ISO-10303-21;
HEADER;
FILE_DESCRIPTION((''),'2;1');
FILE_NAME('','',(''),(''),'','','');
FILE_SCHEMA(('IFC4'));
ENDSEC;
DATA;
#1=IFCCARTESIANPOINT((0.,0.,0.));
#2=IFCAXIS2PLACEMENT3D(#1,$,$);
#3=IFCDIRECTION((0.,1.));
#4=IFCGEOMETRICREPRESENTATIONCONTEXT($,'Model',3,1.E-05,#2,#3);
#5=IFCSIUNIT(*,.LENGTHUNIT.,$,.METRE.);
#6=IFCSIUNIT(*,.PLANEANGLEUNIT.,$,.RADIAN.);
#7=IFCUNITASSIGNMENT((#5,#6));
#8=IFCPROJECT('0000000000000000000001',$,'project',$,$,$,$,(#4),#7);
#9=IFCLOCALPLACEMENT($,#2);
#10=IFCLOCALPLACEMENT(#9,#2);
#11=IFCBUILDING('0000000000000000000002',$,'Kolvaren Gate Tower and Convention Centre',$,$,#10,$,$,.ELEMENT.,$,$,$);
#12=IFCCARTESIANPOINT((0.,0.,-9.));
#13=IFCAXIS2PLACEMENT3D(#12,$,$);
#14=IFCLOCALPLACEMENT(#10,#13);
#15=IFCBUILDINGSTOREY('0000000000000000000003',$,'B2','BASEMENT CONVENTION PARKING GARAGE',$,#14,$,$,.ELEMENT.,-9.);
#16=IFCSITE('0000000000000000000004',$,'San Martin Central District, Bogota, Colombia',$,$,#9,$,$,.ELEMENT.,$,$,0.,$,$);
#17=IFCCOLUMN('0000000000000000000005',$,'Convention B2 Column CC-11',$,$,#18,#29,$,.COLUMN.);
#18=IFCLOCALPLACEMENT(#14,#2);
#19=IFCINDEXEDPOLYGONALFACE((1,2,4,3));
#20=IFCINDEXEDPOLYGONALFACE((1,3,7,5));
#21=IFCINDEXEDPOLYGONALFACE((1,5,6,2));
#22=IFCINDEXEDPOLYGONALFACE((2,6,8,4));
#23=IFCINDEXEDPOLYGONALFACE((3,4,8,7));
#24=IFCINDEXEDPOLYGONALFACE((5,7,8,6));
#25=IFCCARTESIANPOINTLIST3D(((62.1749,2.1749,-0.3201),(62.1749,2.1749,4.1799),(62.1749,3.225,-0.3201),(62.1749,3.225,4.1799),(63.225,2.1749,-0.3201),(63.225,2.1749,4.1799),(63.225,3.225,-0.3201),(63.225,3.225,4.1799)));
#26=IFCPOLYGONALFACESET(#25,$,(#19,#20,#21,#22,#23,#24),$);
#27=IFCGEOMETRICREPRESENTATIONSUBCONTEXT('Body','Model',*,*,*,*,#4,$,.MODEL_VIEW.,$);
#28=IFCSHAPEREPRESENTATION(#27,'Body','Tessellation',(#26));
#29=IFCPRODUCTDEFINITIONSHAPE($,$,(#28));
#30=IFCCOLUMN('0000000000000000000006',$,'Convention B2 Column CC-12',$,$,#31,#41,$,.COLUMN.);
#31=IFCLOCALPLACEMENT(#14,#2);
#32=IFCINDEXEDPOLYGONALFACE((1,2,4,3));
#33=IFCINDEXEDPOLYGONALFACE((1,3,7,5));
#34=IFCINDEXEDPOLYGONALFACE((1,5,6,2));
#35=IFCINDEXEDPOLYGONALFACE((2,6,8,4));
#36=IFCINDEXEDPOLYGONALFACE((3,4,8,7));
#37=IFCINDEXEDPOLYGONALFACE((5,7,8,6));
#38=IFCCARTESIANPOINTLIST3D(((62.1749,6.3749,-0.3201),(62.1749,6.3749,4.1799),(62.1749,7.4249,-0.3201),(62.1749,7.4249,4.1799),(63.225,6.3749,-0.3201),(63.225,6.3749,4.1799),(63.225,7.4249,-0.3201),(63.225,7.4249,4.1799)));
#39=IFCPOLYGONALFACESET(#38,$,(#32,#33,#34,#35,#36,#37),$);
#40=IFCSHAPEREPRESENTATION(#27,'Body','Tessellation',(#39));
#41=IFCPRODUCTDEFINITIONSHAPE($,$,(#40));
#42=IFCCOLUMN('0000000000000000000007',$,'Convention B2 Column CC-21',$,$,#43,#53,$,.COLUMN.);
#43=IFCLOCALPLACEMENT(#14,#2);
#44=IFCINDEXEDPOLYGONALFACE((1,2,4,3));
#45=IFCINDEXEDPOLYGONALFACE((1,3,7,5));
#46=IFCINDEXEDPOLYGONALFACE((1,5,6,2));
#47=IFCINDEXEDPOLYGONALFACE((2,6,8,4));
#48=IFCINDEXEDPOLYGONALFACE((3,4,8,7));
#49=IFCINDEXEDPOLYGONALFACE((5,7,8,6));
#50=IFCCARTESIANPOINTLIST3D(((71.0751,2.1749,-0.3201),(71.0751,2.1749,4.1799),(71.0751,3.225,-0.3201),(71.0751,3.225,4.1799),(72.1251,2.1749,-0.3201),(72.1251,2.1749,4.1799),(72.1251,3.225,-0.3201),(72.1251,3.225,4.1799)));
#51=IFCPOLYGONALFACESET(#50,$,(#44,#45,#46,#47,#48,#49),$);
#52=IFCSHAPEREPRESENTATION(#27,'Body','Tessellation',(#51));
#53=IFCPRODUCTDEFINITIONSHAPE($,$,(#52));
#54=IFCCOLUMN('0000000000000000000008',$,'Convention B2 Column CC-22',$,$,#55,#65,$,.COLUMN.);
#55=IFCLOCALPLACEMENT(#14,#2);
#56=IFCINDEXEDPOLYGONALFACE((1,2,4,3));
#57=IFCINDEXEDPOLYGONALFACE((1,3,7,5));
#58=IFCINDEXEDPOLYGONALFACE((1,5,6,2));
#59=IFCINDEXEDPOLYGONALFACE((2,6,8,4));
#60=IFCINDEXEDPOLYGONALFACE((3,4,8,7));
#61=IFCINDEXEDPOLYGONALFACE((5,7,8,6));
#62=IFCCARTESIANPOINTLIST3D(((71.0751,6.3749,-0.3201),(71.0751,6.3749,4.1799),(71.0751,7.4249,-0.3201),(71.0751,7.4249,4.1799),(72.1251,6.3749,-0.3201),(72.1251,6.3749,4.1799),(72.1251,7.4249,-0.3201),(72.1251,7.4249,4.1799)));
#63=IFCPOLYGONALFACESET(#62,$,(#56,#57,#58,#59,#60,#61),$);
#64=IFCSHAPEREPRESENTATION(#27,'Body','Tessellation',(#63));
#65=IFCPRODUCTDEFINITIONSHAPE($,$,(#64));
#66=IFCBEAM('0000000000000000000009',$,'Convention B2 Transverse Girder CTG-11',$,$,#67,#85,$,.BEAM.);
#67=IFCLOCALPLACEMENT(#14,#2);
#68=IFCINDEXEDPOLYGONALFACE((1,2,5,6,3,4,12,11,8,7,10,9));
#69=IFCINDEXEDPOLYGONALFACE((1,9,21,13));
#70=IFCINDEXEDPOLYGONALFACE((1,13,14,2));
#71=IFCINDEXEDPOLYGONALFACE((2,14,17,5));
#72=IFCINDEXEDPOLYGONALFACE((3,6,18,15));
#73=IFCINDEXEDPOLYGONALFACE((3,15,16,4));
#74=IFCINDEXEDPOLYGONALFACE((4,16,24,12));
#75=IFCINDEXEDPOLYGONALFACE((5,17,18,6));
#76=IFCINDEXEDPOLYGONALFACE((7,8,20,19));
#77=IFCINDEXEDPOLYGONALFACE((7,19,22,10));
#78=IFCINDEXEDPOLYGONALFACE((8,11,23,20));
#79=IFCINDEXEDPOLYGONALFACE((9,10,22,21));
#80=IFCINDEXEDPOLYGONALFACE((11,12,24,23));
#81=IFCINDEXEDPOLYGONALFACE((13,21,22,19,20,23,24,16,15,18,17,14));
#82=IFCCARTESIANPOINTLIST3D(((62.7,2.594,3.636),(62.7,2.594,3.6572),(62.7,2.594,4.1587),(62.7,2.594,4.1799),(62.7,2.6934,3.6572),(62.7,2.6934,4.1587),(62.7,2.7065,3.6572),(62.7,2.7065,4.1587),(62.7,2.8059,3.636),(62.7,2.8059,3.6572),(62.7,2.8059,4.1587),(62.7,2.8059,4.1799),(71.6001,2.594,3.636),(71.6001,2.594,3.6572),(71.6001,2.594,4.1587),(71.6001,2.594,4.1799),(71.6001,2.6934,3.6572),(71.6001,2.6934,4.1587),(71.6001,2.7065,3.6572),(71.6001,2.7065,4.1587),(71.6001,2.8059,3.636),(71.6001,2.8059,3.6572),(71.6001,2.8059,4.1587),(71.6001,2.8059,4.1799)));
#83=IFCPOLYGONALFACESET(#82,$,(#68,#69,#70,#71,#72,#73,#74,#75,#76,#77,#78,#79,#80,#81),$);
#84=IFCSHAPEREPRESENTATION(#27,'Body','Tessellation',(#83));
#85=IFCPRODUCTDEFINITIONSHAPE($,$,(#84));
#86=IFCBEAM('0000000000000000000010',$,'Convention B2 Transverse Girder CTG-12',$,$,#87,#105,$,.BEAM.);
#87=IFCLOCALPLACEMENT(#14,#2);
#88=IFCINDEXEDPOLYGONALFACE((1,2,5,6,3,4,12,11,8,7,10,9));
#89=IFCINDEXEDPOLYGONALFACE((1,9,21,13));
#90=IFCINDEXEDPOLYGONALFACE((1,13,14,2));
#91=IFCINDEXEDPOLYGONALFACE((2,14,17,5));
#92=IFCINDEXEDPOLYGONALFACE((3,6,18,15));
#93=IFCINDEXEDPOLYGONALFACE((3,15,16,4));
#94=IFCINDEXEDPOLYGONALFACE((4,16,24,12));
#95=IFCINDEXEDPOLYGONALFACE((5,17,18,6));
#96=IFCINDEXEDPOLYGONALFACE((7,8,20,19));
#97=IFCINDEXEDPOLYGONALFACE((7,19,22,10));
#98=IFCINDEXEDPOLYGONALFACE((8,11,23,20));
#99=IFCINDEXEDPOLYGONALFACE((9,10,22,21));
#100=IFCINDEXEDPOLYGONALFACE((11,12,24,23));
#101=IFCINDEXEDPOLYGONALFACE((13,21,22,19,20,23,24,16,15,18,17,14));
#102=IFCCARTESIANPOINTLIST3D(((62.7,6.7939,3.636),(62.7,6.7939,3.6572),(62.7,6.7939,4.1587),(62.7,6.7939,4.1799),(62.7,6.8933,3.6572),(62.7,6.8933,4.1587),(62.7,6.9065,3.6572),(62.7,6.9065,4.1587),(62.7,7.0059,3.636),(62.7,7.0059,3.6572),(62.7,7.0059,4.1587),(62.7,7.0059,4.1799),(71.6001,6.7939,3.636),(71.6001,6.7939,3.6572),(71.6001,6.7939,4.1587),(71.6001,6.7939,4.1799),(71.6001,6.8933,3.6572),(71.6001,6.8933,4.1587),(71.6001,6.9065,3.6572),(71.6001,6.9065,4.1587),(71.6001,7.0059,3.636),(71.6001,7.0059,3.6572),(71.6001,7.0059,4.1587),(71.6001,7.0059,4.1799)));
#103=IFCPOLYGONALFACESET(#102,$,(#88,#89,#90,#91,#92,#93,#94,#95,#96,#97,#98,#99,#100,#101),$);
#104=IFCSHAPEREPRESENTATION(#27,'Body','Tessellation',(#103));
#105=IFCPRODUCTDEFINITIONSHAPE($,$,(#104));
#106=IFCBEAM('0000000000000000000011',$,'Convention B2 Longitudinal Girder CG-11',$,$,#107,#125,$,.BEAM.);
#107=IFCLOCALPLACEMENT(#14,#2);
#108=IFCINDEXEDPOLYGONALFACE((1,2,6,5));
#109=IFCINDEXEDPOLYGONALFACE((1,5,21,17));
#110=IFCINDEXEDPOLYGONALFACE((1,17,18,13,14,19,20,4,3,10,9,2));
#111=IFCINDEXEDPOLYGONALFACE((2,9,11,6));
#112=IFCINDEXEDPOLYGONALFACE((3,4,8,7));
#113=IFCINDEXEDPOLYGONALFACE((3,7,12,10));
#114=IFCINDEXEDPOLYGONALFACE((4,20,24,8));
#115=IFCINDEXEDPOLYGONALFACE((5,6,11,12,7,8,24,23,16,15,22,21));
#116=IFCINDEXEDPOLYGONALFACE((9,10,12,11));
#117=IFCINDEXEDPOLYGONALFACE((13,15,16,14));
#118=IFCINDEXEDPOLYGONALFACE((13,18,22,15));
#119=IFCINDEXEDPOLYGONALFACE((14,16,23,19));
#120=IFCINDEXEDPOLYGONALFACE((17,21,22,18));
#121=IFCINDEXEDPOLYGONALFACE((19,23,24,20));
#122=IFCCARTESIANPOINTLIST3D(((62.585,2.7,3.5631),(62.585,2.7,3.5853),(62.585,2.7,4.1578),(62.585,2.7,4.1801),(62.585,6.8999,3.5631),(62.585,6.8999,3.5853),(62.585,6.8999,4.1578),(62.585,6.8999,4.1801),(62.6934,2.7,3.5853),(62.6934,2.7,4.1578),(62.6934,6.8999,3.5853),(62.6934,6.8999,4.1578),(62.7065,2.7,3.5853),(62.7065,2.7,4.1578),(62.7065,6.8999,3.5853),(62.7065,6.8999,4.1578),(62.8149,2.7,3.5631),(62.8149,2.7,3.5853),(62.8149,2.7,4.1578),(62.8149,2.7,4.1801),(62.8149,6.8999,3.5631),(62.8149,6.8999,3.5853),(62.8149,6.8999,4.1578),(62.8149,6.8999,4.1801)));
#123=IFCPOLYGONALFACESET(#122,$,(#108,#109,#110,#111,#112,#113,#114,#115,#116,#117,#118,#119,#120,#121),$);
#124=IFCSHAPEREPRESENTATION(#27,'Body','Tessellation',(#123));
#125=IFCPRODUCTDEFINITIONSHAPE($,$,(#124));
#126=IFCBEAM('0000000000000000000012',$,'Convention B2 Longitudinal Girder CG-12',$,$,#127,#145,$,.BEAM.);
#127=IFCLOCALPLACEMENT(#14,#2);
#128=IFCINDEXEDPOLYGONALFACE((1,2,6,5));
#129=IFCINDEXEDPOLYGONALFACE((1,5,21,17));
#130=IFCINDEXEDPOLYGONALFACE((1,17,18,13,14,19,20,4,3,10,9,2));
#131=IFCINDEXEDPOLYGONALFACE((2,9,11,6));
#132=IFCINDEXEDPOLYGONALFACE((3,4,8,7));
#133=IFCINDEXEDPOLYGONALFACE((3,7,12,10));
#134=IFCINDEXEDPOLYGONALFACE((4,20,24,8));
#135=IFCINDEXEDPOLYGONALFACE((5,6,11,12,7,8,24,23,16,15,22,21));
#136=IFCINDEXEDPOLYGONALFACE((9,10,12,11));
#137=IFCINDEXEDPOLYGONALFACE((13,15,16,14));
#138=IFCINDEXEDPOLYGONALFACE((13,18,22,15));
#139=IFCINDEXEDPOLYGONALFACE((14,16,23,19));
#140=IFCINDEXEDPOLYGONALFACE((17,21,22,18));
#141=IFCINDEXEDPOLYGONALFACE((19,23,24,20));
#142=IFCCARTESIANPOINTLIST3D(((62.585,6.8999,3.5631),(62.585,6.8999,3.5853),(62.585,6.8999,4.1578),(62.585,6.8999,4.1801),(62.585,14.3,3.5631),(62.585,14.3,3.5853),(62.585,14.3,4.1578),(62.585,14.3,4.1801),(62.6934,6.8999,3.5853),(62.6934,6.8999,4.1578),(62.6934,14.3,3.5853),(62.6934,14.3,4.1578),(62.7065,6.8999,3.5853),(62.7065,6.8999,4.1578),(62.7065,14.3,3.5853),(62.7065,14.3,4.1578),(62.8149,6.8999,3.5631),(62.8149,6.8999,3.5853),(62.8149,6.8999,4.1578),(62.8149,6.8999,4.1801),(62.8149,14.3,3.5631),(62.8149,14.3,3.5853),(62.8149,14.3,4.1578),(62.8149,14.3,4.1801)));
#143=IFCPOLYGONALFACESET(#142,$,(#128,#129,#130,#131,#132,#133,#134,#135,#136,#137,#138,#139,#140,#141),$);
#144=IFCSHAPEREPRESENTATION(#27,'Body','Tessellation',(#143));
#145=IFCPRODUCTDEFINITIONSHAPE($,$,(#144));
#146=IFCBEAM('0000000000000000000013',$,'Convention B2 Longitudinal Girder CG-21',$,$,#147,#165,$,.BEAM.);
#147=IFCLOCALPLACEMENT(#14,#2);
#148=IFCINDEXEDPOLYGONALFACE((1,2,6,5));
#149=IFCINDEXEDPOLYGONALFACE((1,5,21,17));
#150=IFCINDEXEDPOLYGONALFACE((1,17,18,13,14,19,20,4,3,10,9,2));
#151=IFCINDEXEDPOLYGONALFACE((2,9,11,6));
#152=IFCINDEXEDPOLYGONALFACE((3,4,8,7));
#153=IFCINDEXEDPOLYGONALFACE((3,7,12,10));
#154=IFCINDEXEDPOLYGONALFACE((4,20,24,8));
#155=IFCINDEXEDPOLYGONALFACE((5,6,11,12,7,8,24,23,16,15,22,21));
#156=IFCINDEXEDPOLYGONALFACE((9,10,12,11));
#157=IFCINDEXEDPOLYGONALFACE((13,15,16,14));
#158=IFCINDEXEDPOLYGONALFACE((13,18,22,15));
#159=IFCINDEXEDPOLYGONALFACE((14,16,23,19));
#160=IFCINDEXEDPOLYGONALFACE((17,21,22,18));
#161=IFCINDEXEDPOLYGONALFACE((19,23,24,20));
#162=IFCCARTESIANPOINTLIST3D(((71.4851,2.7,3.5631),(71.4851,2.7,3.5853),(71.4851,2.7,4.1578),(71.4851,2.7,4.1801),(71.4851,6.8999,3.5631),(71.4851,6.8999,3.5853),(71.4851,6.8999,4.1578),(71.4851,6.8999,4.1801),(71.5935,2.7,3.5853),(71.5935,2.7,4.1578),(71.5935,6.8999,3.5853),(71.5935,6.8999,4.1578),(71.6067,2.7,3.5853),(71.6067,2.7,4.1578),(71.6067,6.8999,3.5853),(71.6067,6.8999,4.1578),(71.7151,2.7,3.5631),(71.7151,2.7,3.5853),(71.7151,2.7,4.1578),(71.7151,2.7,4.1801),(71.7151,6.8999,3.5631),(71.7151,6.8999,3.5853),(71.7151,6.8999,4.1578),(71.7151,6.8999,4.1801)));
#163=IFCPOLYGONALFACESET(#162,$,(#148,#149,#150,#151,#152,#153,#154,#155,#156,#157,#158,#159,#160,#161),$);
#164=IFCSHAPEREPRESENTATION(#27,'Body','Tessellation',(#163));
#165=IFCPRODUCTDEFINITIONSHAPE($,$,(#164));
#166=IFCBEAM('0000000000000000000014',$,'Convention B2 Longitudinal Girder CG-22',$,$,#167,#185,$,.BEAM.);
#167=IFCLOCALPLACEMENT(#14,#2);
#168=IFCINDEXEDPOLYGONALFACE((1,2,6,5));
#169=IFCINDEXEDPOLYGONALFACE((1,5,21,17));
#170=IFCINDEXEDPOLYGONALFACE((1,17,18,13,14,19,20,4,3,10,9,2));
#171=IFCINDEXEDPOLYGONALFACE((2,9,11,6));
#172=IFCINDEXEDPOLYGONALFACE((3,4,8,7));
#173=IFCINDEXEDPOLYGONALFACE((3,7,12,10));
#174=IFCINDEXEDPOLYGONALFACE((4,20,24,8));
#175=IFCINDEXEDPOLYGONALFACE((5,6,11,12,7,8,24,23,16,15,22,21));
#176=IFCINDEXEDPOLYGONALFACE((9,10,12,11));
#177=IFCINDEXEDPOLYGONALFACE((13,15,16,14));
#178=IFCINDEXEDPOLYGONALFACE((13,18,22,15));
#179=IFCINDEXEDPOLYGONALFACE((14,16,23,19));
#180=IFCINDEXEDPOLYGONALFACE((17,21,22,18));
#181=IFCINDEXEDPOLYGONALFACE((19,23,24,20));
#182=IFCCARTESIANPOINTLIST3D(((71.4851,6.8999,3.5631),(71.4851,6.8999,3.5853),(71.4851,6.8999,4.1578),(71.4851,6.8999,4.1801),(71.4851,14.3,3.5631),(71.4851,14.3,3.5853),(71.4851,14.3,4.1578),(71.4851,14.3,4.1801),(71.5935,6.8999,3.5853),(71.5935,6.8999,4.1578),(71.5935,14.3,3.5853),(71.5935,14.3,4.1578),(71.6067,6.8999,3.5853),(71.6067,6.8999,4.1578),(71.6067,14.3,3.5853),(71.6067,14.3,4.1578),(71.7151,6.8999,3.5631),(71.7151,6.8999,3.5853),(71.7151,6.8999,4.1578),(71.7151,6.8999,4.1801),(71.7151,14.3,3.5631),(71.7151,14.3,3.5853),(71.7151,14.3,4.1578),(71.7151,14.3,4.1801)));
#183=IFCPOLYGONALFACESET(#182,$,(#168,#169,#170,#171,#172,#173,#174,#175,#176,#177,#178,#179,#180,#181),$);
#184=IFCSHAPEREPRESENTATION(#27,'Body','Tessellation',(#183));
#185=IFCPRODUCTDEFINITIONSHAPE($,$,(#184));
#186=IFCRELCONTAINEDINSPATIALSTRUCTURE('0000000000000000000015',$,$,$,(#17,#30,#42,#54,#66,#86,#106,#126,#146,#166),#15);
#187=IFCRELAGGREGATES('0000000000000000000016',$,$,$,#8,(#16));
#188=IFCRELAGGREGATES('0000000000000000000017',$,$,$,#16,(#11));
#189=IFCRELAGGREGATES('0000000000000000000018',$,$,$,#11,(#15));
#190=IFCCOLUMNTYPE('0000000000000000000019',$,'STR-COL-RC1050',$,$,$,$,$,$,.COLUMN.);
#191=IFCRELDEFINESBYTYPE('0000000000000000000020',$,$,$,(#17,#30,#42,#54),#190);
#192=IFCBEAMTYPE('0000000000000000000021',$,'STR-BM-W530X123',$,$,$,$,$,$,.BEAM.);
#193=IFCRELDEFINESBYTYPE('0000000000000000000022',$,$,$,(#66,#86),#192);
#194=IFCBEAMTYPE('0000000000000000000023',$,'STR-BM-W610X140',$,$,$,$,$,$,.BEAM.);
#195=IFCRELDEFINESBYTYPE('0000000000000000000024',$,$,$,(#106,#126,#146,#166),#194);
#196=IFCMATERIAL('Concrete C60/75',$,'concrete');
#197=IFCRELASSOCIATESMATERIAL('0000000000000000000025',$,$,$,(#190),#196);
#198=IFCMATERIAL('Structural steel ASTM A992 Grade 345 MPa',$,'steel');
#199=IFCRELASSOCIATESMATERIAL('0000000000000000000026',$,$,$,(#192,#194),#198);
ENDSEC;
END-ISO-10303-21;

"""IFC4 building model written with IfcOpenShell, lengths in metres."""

from ifc_helpers import new_model, si_unit, direction, frame, origin, origin_2d, place, context, subcontext, project, spatial, rectangle, i_section, extrude, material, material_profile, profile_set, type_object, element, save


model = new_model("IFC4")

# Units and contexts
model_context = context("Model", 3, precision=1e-05, world=origin(), true_north=direction((0.0, 1.0)))
body_context = subcontext(model_context, "Body", "Model", "MODEL_VIEW")
ifc_project = project(units=[si_unit("LENGTHUNIT", "METRE"), si_unit("PLANEANGLEUNIT", "RADIAN")], contexts=[model_context])

# Site, building, storey
site_placement = place(None, origin())
site = spatial("IfcSite", under=ifc_project, at=site_placement, Name="San Martin Central District, Bogota, Colombia", CompositionType="ELEMENT", RefElevation=0.0)
building_placement = place(site_placement, origin())
building = spatial("IfcBuilding", under=site, at=building_placement, Name="Kolvaren Gate Tower and Convention Centre", CompositionType="ELEMENT")
storey_placement = place(building_placement, frame((0.0, 0.0, -9.0)))
storey = spatial("IfcBuildingStorey", under=building, at=storey_placement, Name="B2", Description="BASEMENT CONVENTION PARKING GARAGE", CompositionType="ELEMENT", Elevation=-9.0)

# Columns
ifc_material_1 = material(Name="Concrete C60/75", Category="concrete")
ifc_material_profile_1 = material_profile(ifc_material_1, rectangle(XDim=1.05, YDim=1.05, at=origin_2d()), Name="RC-COL-1050X1050")
ifc_profile_set_1 = profile_set([ifc_material_profile_1], Name="Concrete C60/75")
column_type = type_object("IfcColumnType", Name="STR-COL-RC1050", PredefinedType="COLUMN", material=ifc_profile_set_1)
for number, where, z_axis, x_axis, name in (
    (1, (62.7, 2.7, -0.3201), (0.0, 0.0, 1.0), (1.0, 0.0, 0.0), "Convention B2 Column CC-11"),
    (2, (62.7, 6.8999, -0.3201), (0.0, 0.0, 1.0), (1.0, 0.0, 0.0), "Convention B2 Column CC-12"),
    (3, (71.6001, 2.7, -0.3201), (0.0, 0.0, 1.0), (1.0, 0.0, 0.0), "Convention B2 Column CC-21"),
    (4, (71.6001, 6.8999, -0.3201), (0.0, 0.0, 1.0), (1.0, 0.0, 0.0), "Convention B2 Column CC-22"),
):
    element("IfcColumn", number, at=place(storey_placement, frame(where, z_axis=z_axis, x_axis=x_axis)), inside=storey, type_object=column_type, Name=name, PredefinedType="COLUMN", context=body_context, shape_type="SweptSolid", body=[
        extrude(rectangle(XDim=1.05, YDim=1.05, at=origin_2d()), origin(), (0.0, 0.0, 1.0), 4.5),
    ])

# Beams
ifc_material_2 = material(Name="Structural steel ASTM A992 Grade 345 MPa", Category="steel")
ifc_material_profile_2 = material_profile(ifc_material_2, i_section(OverallWidth=0.2119, OverallDepth=0.5439, WebThickness=0.0132, FlangeThickness=0.0212, at=origin_2d()), Name="W530X123")
ifc_profile_set_2 = profile_set([ifc_material_profile_2], Name="Structural steel ASTM A992 Grade 345 MPa")
beam_type_1 = type_object("IfcBeamType", Name="STR-BM-W530X123", PredefinedType="BEAM", material=ifc_profile_set_2)
for number, where, z_axis, x_axis, name in (
    (5, (62.7, 2.7, 3.908), (1.0, 0.0, 0.0), (0.0, 1.0, 0.0), "Convention B2 Transverse Girder CTG-11"),
    (6, (62.7, 6.8999, 3.908), (1.0, 0.0, 0.0), (0.0, 1.0, 0.0), "Convention B2 Transverse Girder CTG-12"),
):
    element("IfcBeam", number, at=place(storey_placement, frame(where, z_axis=z_axis, x_axis=x_axis)), inside=storey, type_object=beam_type_1, Name=name, PredefinedType="BEAM", context=body_context, shape_type="SweptSolid", body=[
        extrude(i_section(OverallWidth=0.2119, OverallDepth=0.5439, WebThickness=0.0132, FlangeThickness=0.0212, at=origin_2d()), origin(), (0.0, 0.0, 1.0), 8.9001),
    ])
ifc_material_profile_3 = material_profile(ifc_material_2, i_section(OverallWidth=0.23, OverallDepth=0.6169, WebThickness=0.0132, FlangeThickness=0.0222, at=origin_2d()), Name="W610X140")
ifc_profile_set_3 = profile_set([ifc_material_profile_3], Name="Structural steel ASTM A992 Grade 345 MPa")
beam_type_2 = type_object("IfcBeamType", Name="STR-BM-W610X140", PredefinedType="BEAM", material=ifc_profile_set_3)
beam_1_placement = place(storey_placement, frame((62.7, 2.7, 3.8716), z_axis=(0.0, 1.0, 0.0), x_axis=(-1.0, 0.0, 0.0)))
element("IfcBeam", 7, at=beam_1_placement, inside=storey, type_object=beam_type_2, Name="Convention B2 Longitudinal Girder CG-11", PredefinedType="BEAM", context=body_context, shape_type="SweptSolid", body=[
    extrude(i_section(OverallWidth=0.23, OverallDepth=0.6169, WebThickness=0.0132, FlangeThickness=0.0222, at=origin_2d()), origin(), (0.0, 0.0, 1.0), 4.2),
])
beam_2_placement = place(storey_placement, frame((62.7, 6.8999, 3.8716), z_axis=(0.0, 1.0, 0.0), x_axis=(-1.0, 0.0, 0.0)))
element("IfcBeam", 8, at=beam_2_placement, inside=storey, type_object=beam_type_2, Name="Convention B2 Longitudinal Girder CG-12", PredefinedType="BEAM", context=body_context, shape_type="SweptSolid", body=[
    extrude(i_section(OverallWidth=0.23, OverallDepth=0.6169, WebThickness=0.0132, FlangeThickness=0.0222, at=origin_2d()), origin(), (0.0, 0.0, 1.0), 7.4001),
])
beam_3_placement = place(storey_placement, frame((71.6001, 2.7, 3.8716), z_axis=(0.0, 1.0, 0.0), x_axis=(-1.0, 0.0, 0.0)))
element("IfcBeam", 9, at=beam_3_placement, inside=storey, type_object=beam_type_2, Name="Convention B2 Longitudinal Girder CG-21", PredefinedType="BEAM", context=body_context, shape_type="SweptSolid", body=[
    extrude(i_section(OverallWidth=0.23, OverallDepth=0.6169, WebThickness=0.0132, FlangeThickness=0.0222, at=origin_2d()), origin(), (0.0, 0.0, 1.0), 4.2),
])
beam_4_placement = place(storey_placement, frame((71.6001, 6.8999, 3.8716), z_axis=(0.0, 1.0, 0.0), x_axis=(-1.0, 0.0, 0.0)))
element("IfcBeam", 10, at=beam_4_placement, inside=storey, type_object=beam_type_2, Name="Convention B2 Longitudinal Girder CG-22", PredefinedType="BEAM", context=body_context, shape_type="SweptSolid", body=[
    extrude(i_section(OverallWidth=0.23, OverallDepth=0.6169, WebThickness=0.0132, FlangeThickness=0.0222, at=origin_2d()), origin(), (0.0, 0.0, 1.0), 7.4001),
])

save(model, "model.ifc")
